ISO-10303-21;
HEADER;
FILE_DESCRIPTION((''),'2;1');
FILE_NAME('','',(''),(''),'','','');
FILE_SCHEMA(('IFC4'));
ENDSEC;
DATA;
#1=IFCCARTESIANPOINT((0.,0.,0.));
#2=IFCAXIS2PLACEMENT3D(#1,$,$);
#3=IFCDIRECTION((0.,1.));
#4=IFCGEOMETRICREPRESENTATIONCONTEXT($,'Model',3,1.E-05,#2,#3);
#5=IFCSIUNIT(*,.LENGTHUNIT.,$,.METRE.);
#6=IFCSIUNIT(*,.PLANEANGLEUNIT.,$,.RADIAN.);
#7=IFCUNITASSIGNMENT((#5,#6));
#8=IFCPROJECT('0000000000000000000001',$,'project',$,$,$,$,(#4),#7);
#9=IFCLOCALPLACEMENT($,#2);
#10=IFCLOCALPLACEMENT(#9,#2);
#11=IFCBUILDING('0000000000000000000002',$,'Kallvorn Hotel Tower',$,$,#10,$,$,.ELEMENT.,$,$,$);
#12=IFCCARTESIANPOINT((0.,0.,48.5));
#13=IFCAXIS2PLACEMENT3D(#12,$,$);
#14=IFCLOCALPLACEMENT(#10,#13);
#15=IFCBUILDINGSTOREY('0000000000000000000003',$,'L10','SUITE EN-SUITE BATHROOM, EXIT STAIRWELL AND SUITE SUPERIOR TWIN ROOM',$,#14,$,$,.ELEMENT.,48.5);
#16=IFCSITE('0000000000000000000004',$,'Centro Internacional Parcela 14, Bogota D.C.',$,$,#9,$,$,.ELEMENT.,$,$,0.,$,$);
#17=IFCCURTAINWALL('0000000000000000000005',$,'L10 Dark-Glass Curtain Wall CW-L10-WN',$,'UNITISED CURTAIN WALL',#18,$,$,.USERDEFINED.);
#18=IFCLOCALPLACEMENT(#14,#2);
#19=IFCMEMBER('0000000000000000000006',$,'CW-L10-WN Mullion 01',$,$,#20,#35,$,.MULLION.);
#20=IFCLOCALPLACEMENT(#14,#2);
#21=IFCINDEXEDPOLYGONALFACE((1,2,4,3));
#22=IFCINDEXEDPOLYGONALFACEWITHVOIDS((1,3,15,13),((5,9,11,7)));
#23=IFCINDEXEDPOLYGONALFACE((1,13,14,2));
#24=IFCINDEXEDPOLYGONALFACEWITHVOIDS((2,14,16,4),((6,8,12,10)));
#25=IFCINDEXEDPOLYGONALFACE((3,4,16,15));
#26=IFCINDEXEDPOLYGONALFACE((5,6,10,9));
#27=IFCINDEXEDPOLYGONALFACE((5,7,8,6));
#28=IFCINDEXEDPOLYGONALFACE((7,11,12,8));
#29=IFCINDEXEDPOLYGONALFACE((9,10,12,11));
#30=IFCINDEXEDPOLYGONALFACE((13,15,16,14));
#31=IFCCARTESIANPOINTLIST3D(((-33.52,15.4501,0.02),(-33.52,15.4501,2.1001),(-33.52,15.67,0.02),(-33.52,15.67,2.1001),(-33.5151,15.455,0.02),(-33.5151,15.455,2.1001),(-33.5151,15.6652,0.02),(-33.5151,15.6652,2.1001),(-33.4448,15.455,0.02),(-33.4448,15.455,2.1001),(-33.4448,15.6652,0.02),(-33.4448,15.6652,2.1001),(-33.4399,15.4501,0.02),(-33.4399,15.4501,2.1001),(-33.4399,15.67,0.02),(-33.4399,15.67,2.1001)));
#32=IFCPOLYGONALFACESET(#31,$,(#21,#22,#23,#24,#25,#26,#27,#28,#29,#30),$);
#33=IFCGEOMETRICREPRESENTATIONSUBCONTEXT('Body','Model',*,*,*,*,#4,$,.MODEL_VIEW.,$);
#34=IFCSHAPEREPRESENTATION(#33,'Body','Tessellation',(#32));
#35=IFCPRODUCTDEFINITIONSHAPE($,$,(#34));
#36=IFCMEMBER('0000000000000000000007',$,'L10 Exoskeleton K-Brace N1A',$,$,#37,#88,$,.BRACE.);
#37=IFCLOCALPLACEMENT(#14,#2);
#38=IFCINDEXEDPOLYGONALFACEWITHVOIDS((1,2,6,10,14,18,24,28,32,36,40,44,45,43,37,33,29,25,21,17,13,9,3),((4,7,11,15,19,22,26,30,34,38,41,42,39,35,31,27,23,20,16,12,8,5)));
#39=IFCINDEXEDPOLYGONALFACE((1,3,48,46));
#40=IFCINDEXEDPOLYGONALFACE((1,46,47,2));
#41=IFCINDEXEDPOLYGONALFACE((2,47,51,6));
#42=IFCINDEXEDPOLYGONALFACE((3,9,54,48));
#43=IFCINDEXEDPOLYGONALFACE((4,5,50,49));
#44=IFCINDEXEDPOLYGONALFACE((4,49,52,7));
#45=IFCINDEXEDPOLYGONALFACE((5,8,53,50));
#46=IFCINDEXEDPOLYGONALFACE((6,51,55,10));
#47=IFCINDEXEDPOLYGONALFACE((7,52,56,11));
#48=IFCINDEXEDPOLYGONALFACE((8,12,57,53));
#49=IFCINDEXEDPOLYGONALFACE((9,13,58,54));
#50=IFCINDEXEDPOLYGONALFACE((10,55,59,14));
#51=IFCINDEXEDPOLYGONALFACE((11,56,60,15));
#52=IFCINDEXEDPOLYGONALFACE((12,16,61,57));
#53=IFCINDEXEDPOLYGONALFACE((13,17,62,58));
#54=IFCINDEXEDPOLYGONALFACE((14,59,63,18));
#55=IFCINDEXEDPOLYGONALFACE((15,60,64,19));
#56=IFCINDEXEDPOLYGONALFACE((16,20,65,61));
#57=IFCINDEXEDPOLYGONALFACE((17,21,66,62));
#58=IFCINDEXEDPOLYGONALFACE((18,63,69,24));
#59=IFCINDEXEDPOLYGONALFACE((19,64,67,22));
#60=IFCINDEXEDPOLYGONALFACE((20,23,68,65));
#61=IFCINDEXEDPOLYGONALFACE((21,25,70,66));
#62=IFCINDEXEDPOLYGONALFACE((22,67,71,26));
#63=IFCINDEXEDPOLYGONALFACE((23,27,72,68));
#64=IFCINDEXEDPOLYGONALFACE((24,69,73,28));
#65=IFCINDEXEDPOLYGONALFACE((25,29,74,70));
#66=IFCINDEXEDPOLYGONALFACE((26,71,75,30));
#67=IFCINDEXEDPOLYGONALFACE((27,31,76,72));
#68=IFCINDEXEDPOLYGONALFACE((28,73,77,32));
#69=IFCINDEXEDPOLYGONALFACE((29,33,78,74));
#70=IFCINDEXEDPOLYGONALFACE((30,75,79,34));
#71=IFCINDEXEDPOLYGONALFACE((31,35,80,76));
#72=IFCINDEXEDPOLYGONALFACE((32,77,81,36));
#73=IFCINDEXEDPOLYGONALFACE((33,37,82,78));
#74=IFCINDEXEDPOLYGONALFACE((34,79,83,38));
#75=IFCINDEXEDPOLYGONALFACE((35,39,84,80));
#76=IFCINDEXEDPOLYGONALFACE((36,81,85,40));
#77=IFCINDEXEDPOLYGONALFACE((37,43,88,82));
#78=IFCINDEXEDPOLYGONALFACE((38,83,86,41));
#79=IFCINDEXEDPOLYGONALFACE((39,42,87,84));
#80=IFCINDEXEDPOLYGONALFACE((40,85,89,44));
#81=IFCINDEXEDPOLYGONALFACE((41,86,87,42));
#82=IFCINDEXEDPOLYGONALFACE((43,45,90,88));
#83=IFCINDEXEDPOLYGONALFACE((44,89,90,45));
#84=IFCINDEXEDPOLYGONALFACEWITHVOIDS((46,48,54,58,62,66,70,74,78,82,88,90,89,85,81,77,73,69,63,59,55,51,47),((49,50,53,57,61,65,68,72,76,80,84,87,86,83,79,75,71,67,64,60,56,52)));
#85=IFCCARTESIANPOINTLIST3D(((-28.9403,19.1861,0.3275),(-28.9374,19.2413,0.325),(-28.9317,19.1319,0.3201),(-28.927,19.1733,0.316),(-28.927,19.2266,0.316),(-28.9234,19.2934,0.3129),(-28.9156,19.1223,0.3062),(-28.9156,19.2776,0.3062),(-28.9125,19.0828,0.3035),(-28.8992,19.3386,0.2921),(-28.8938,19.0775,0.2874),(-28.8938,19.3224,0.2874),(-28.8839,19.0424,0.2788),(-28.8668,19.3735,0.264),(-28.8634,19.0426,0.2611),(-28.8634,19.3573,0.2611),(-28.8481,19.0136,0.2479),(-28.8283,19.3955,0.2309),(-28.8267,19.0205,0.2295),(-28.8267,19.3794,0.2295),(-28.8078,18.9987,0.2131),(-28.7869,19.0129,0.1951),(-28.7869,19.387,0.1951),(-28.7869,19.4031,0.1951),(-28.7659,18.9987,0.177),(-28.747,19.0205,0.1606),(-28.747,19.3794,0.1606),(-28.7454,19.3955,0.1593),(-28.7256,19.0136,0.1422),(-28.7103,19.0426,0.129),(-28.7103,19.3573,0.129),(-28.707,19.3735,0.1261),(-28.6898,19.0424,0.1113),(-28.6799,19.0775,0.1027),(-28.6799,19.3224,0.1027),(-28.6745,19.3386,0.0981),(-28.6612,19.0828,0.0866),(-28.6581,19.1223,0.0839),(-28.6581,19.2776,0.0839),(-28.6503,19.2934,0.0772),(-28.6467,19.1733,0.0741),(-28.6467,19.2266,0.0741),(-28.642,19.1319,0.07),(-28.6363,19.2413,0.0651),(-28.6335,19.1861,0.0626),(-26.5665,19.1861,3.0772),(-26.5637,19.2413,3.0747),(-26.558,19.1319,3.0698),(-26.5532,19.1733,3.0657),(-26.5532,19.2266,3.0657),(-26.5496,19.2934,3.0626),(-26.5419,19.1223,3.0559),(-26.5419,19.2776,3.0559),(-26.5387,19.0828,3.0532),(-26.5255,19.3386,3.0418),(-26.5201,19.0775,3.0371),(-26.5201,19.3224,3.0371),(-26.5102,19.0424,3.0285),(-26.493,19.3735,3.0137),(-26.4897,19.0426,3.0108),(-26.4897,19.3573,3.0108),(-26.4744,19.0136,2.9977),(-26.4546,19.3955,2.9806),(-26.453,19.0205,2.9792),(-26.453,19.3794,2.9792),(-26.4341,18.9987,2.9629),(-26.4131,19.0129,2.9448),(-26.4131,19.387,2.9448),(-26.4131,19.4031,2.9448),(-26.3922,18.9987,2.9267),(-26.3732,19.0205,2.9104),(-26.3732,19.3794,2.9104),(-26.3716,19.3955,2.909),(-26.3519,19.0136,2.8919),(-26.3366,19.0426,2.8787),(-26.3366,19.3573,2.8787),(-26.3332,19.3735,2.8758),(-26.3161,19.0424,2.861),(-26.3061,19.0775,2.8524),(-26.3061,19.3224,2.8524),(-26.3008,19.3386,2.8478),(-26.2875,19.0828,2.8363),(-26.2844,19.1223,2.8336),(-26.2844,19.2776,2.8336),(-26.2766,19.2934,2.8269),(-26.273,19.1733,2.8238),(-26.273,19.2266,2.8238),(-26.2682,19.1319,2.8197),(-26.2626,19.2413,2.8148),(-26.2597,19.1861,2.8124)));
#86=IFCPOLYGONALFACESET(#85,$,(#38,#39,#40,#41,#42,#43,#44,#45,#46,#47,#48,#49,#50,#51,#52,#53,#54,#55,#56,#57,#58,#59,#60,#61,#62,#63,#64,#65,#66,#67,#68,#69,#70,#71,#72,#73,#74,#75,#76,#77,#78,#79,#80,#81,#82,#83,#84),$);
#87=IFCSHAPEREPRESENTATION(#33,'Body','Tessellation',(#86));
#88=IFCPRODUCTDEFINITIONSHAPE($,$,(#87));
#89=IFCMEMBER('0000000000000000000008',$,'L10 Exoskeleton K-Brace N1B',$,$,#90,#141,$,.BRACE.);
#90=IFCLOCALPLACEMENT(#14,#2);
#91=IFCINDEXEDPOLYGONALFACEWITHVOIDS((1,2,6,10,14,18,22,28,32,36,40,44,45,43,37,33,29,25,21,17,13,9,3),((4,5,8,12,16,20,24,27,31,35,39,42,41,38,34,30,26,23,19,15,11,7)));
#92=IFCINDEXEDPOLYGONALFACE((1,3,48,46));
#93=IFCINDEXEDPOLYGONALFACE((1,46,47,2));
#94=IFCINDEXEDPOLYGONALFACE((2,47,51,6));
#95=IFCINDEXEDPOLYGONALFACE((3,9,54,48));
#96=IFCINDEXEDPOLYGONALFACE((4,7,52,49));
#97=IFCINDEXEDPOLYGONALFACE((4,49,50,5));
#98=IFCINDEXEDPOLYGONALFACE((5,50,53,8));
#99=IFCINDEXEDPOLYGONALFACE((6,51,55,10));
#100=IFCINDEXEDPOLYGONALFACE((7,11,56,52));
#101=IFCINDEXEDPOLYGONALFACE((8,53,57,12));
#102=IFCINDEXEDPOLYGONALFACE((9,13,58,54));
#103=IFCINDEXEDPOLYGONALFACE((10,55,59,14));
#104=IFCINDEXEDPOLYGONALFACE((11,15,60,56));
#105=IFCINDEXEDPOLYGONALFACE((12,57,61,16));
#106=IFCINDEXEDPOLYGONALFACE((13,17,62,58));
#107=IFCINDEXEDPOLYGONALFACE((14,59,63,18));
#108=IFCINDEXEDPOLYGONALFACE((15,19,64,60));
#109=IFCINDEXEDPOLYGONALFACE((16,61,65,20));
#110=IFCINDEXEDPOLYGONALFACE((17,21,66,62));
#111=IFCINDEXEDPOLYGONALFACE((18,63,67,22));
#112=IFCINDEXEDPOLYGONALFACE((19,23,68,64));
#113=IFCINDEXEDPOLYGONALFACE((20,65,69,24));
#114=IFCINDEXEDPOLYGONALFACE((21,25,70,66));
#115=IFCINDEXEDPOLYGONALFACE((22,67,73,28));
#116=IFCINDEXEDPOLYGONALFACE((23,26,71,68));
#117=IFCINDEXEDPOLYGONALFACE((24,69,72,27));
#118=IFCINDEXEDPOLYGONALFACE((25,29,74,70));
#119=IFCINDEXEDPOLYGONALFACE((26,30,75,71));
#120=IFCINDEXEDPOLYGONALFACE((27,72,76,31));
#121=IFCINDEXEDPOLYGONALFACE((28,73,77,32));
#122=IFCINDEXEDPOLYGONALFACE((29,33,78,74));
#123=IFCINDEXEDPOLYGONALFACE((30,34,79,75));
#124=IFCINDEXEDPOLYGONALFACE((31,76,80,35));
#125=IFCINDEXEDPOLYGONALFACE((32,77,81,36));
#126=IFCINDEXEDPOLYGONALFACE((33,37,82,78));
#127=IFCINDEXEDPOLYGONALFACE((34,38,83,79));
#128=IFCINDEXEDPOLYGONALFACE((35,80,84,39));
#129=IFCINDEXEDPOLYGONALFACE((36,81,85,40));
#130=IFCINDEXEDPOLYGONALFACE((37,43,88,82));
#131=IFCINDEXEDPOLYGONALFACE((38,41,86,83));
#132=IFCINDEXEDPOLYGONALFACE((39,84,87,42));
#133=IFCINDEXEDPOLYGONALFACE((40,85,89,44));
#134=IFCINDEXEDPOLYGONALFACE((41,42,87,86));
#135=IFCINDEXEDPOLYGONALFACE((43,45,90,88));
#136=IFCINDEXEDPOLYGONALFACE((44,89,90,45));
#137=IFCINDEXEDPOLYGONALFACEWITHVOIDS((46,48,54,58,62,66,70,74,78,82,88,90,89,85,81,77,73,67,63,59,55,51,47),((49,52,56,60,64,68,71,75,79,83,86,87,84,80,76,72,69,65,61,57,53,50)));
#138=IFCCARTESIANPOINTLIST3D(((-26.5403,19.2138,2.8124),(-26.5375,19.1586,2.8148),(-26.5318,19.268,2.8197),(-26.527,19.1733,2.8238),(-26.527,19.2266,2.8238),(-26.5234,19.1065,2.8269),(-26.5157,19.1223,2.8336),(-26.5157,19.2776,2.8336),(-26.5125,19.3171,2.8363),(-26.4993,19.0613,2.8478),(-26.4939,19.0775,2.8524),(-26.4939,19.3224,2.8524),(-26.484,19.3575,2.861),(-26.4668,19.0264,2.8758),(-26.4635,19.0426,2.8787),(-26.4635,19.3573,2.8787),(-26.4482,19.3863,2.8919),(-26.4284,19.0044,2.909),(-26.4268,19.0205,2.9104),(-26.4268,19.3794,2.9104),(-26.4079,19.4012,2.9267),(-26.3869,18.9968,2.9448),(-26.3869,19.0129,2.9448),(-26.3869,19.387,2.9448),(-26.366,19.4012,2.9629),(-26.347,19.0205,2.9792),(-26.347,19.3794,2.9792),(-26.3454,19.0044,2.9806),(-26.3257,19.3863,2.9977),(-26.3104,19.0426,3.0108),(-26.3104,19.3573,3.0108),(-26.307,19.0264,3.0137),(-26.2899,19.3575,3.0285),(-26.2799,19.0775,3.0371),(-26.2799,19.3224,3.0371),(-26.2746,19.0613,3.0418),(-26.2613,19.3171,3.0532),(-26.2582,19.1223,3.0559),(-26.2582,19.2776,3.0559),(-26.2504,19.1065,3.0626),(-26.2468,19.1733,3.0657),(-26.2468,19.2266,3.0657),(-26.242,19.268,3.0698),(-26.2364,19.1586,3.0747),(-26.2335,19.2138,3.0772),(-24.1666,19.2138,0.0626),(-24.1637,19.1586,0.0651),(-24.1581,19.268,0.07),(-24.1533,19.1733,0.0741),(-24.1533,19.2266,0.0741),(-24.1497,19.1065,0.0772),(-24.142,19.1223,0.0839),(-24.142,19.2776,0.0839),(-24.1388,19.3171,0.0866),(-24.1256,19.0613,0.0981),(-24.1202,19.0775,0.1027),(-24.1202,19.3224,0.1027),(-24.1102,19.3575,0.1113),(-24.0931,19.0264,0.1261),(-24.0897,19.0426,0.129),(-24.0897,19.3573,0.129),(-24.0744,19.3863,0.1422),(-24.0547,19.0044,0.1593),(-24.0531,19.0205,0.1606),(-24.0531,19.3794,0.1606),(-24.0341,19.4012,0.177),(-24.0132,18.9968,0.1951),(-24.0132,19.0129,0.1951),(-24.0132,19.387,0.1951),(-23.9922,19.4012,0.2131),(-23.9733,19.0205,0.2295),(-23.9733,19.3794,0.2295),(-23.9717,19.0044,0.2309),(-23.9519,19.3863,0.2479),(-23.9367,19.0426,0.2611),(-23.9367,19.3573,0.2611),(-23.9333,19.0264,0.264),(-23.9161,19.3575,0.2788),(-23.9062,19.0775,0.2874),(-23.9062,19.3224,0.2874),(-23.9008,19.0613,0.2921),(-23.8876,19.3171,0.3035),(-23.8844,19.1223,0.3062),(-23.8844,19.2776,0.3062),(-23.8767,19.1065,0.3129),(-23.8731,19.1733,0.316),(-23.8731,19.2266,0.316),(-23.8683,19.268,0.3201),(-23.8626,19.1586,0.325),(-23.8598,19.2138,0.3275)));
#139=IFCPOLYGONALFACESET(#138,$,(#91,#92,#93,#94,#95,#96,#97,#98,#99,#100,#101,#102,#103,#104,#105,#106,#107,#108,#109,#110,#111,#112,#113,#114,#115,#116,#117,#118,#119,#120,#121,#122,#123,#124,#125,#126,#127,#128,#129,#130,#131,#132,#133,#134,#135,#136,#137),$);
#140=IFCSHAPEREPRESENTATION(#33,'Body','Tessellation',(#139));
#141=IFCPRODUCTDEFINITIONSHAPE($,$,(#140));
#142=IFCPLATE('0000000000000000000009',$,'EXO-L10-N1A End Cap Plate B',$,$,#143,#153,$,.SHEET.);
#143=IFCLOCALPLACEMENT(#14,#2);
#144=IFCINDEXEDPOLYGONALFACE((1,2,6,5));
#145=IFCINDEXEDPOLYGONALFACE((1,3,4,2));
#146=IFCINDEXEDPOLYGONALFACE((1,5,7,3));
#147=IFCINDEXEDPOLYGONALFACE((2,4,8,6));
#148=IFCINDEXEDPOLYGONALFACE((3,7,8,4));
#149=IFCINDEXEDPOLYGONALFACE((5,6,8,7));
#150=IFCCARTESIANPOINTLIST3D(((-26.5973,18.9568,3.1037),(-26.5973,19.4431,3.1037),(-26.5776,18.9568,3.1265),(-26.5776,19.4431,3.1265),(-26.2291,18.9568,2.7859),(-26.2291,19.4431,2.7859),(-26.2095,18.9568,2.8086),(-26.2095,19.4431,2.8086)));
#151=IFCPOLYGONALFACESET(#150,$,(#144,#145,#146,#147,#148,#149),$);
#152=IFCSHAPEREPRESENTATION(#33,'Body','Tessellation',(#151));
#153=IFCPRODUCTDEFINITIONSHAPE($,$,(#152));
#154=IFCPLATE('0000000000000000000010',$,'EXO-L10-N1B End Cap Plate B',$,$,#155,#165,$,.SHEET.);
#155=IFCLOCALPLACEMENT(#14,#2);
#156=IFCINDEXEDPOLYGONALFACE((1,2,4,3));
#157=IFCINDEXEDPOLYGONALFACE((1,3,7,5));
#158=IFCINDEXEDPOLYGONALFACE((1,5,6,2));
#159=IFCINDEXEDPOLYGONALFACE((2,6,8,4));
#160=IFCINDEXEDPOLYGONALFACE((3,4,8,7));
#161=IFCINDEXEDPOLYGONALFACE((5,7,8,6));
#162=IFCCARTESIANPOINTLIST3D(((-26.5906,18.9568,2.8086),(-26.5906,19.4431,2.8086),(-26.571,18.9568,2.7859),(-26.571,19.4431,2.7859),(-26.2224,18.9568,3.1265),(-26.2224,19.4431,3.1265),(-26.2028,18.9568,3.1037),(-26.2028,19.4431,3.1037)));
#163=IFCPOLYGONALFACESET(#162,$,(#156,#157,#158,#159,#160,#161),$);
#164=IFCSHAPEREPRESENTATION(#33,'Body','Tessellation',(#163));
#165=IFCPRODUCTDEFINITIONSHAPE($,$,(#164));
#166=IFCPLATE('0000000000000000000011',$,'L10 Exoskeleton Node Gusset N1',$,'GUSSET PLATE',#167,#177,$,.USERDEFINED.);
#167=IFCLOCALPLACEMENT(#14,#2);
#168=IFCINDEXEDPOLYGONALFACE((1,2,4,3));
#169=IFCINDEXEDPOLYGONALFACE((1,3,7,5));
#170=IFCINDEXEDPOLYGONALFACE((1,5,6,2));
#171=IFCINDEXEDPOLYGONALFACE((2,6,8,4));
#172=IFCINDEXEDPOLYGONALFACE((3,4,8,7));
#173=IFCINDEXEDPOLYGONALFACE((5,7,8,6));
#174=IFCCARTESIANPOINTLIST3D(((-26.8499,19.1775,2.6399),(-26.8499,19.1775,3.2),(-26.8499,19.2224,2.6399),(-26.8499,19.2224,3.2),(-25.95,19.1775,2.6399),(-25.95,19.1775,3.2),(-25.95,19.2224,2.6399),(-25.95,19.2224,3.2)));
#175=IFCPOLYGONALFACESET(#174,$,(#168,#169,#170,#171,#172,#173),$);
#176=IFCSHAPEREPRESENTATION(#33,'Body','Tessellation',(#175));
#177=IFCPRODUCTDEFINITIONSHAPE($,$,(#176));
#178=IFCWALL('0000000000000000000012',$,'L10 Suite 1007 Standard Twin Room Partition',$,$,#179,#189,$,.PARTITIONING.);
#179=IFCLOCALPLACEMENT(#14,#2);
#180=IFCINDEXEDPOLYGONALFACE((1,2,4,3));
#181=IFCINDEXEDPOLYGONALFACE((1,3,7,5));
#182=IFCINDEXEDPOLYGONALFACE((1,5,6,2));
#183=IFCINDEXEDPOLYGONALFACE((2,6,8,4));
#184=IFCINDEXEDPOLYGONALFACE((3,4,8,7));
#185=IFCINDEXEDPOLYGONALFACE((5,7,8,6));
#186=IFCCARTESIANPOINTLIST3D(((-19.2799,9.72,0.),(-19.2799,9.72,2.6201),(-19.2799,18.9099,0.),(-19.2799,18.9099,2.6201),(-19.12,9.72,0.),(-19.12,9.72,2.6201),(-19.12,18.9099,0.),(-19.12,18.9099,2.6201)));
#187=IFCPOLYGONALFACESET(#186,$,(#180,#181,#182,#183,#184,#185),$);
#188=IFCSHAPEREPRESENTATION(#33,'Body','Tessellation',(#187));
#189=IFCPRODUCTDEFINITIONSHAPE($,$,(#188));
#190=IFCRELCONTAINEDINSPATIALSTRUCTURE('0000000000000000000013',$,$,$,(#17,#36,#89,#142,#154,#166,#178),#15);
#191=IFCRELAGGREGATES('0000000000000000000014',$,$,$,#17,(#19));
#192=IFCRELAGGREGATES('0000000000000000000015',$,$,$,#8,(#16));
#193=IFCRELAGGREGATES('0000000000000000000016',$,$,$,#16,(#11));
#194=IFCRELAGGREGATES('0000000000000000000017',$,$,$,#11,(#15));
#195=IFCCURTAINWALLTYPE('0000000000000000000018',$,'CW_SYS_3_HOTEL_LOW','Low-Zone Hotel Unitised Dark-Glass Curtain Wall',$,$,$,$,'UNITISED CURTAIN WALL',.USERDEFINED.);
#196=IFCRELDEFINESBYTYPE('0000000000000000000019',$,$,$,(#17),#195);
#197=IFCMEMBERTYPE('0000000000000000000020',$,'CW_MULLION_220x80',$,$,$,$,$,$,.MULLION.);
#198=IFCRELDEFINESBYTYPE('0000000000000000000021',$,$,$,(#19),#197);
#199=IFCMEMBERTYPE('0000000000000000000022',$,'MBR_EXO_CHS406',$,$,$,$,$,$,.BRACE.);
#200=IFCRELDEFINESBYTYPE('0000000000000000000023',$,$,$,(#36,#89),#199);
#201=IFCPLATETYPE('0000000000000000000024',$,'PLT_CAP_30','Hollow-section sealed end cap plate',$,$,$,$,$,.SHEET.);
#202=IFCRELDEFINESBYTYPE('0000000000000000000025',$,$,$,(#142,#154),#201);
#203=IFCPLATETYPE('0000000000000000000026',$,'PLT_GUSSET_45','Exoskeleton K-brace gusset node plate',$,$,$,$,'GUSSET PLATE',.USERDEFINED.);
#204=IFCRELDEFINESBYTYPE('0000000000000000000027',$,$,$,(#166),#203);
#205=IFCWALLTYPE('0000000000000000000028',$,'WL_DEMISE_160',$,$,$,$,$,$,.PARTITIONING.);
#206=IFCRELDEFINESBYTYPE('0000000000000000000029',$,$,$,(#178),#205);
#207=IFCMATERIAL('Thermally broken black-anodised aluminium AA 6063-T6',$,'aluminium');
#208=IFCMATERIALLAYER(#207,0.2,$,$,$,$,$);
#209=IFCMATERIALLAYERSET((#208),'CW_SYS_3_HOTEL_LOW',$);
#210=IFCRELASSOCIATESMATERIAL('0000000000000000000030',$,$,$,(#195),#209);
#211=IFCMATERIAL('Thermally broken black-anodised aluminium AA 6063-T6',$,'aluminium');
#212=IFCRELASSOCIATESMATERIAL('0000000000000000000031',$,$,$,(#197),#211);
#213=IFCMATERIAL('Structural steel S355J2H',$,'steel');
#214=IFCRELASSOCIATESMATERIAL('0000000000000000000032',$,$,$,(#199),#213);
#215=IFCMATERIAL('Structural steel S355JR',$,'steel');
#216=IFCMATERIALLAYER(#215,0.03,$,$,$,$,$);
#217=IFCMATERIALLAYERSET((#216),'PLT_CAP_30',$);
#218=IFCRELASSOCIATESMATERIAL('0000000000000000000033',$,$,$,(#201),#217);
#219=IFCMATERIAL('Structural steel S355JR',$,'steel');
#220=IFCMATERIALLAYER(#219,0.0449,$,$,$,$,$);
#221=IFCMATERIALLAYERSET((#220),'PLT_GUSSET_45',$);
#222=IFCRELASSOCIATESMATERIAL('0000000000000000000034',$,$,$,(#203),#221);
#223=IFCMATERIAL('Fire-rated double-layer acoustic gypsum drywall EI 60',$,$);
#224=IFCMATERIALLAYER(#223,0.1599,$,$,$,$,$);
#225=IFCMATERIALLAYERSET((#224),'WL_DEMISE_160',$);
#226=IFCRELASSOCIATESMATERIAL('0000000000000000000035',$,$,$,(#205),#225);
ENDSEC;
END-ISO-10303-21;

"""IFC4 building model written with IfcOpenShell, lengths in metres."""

from ifc_helpers import new_model, si_unit, direction, frame, frame_2d, origin, origin_2d, place, context, subcontext, project, spatial, polyline, rectangle, hollow_rectangle, hollow_circle, outline, extrude, material, layer, layer_set, material_profile, profile_set, type_object, element, aggregate, save


model = new_model("IFC4")

# Units and contexts
model_context = context("Model", 3, precision=1e-05, world=origin(), true_north=direction((0.0, 1.0)))
body_context = subcontext(model_context, "Body", "Model", "MODEL_VIEW")
ifc_project = project(units=[si_unit("LENGTHUNIT", "METRE"), si_unit("PLANEANGLEUNIT", "RADIAN")], contexts=[model_context])

# Site, building, storey
site_placement = place(None, origin())
site = spatial("IfcSite", under=ifc_project, at=site_placement, Name="Centro Internacional Parcela 14, Bogota D.C.", CompositionType="ELEMENT", RefElevation=0.0)
building_placement = place(site_placement, origin())
building = spatial("IfcBuilding", under=site, at=building_placement, Name="Kallvorn Hotel Tower", CompositionType="ELEMENT")
storey_placement = place(building_placement, frame((0.0, 0.0, 48.5)))
storey = spatial("IfcBuildingStorey", under=building, at=storey_placement, Name="L10", Description="SUITE EN-SUITE BATHROOM, EXIT STAIRWELL AND SUITE SUPERIOR TWIN ROOM", CompositionType="ELEMENT", Elevation=48.5)

# Curtain wall, member
ifc_material_1 = material(Name="Thermally broken black-anodised aluminium AA 6063-T6", Category="aluminium")
ifc_layer_1 = layer(ifc_material_1, 0.2)
ifc_layer_set_1 = layer_set([ifc_layer_1], Name="CW_SYS_3_HOTEL_LOW")
curtain_wall_type = type_object("IfcCurtainWallType", Name="CW_SYS_3_HOTEL_LOW", Description="Low-Zone Hotel Unitised Dark-Glass Curtain Wall", ElementType="UNITISED CURTAIN WALL", PredefinedType="USERDEFINED", material=ifc_layer_set_1)
curtain_wall_placement = place(storey_placement, origin())
curtain_wall = element("IfcCurtainWall", 1, at=curtain_wall_placement, inside=storey, type_object=curtain_wall_type, Name="L10 Dark-Glass Curtain Wall CW-L10-WN", ObjectType="UNITISED CURTAIN WALL", PredefinedType="USERDEFINED")
ifc_material_2 = material(Name="Thermally broken black-anodised aluminium AA 6063-T6", Category="aluminium")
ifc_material_profile_1 = material_profile(ifc_material_2, hollow_rectangle(XDim=0.0801, YDim=0.22, WallThickness=0.0049, at=origin_2d()), Name="MUL 220x80")
ifc_profile_set_1 = profile_set([ifc_material_profile_1], Name="Thermally broken black-anodised aluminium AA 6063-T6")
member_type_1 = type_object("IfcMemberType", Name="CW_MULLION_220x80", PredefinedType="MULLION", material=ifc_profile_set_1)
member_placement = place(storey_placement, frame((-33.48, 15.5601, 0.02), z_axis=(0.0, 0.0, 1.0), x_axis=(1.0, 0.0, 0.0)))
member = element("IfcMember", 2, at=member_placement, type_object=member_type_1, Name="CW-L10-WN Mullion 01", PredefinedType="MULLION", context=body_context, shape_type="SweptSolid", body=[
    extrude(hollow_rectangle(XDim=0.0801, YDim=0.22, WallThickness=0.0049, at=origin_2d()), origin(), (0.0, 0.0, 1.0), 2.0801),
])
aggregate(curtain_wall, [member])

# Members
ifc_material_3 = material(Name="Structural steel S355J2H", Category="steel")
ifc_material_profile_2 = material_profile(ifc_material_3, hollow_circle(Radius=0.2031, WallThickness=0.0161, at=origin_2d()), Name="CHS 406.4x16")
ifc_profile_set_2 = profile_set([ifc_material_profile_2], Name="Structural steel S355J2H")
member_type_2 = type_object("IfcMemberType", Name="MBR_EXO_CHS406", PredefinedType="BRACE", material=ifc_profile_set_2)
for number, where, z_axis, x_axis, name in (
    (3, (-28.7869, 19.2, 0.1951), (0.653461, 0.0, 0.756961), (0.0, 1.0, 0.0), "L10 Exoskeleton K-Brace N1A"),
    (4, (-24.0132, 19.2, 0.1951), (-0.653461, 0.0, 0.756961), (0.0, -1.0, 0.0), "L10 Exoskeleton K-Brace N1B"),
):
    element("IfcMember", number, at=place(storey_placement, frame(where, z_axis=z_axis, x_axis=x_axis)), inside=storey, type_object=member_type_2, Name=name, PredefinedType="BRACE", context=body_context, shape_type="SweptSolid", body=[
        extrude(hollow_circle(Radius=0.2031, WallThickness=0.0161, at=origin_2d()), origin(), (0.0, 0.0, 1.0), 3.6326),
    ])

# Plates
ifc_material_4 = material(Name="Structural steel S355JR", Category="steel")
ifc_layer_2 = layer(ifc_material_4, 0.03)
ifc_layer_set_2 = layer_set([ifc_layer_2], Name="PLT_CAP_30")
plate_type_1 = type_object("IfcPlateType", Name="PLT_CAP_30", Description="Hollow-section sealed end cap plate", PredefinedType="SHEET", material=ifc_layer_set_2)
for number, where, z_axis, x_axis, name in (
    (5, (-26.2095, 18.9568, 2.8086), (0.653515, 0.0, 0.756913), (0.0, 1.0, 0.0), "EXO-L10-N1A End Cap Plate B"),
    (6, (-26.5906, 19.4431, 2.8086), (-0.653515, 0.0, 0.756913), (0.0, -1.0, 0.0), "EXO-L10-N1B End Cap Plate B"),
):
    element("IfcPlate", number, at=place(storey_placement, frame(where, z_axis=z_axis, x_axis=x_axis)), inside=storey, type_object=plate_type_1, Name=name, PredefinedType="SHEET", context=body_context, shape_type="SweptSolid", body=[
        extrude(outline(polyline([(0.0, 0.0), (0.4863, 0.0), (0.4863, 0.4864), (0.0, 0.4864), (0.0, 0.0)])), origin(), (0.0, 0.0, -1.0), 0.03),
    ])
ifc_material_5 = material(Name="Structural steel S355JR", Category="steel")
ifc_layer_3 = layer(ifc_material_5, 0.0449)
ifc_layer_set_3 = layer_set([ifc_layer_3], Name="PLT_GUSSET_45")
plate_type_2 = type_object("IfcPlateType", Name="PLT_GUSSET_45", Description="Exoskeleton K-brace gusset node plate", ElementType="GUSSET PLATE", PredefinedType="USERDEFINED", material=ifc_layer_set_3)
plate_placement = place(storey_placement, frame((-26.3999, 19.2, 2.6399), z_axis=(0.0, 0.0, 1.0), x_axis=(1.0, 0.0, 0.0)))
element("IfcPlate", 7, at=plate_placement, inside=storey, type_object=plate_type_2, Name="L10 Exoskeleton Node Gusset N1", ObjectType="GUSSET PLATE", PredefinedType="USERDEFINED", context=body_context, shape_type="SweptSolid", body=[
    extrude(rectangle(XDim=0.8999, YDim=0.0449, at=origin_2d()), origin(), (0.0, 0.0, 1.0), 0.5601),
])

# Wall
ifc_material_6 = material(Name="Fire-rated double-layer acoustic gypsum drywall EI 60")
ifc_layer_4 = layer(ifc_material_6, 0.1599)
ifc_layer_set_4 = layer_set([ifc_layer_4], Name="WL_DEMISE_160")
wall_type_1 = type_object("IfcWallType", Name="WL_DEMISE_160", PredefinedType="PARTITIONING", material=ifc_layer_set_4)
wall_1_placement = place(storey_placement, frame((-19.2, 9.72, 0.0), z_axis=(0.0, 0.0, 1.0), x_axis=(0.0, 1.0, 0.0)))
element("IfcWall", 8, at=wall_1_placement, inside=storey, type_object=wall_type_1, Name="L10 Suite 1007 Standard Twin Room Partition", PredefinedType="PARTITIONING", context=body_context, shape_type="SweptSolid", body=[
    extrude(rectangle(XDim=9.1899, YDim=0.1599, at=frame_2d((4.595, 0.0))), origin(), (0.0, 0.0, 1.0), 2.6201),
])

save(model, "model.ifc")
